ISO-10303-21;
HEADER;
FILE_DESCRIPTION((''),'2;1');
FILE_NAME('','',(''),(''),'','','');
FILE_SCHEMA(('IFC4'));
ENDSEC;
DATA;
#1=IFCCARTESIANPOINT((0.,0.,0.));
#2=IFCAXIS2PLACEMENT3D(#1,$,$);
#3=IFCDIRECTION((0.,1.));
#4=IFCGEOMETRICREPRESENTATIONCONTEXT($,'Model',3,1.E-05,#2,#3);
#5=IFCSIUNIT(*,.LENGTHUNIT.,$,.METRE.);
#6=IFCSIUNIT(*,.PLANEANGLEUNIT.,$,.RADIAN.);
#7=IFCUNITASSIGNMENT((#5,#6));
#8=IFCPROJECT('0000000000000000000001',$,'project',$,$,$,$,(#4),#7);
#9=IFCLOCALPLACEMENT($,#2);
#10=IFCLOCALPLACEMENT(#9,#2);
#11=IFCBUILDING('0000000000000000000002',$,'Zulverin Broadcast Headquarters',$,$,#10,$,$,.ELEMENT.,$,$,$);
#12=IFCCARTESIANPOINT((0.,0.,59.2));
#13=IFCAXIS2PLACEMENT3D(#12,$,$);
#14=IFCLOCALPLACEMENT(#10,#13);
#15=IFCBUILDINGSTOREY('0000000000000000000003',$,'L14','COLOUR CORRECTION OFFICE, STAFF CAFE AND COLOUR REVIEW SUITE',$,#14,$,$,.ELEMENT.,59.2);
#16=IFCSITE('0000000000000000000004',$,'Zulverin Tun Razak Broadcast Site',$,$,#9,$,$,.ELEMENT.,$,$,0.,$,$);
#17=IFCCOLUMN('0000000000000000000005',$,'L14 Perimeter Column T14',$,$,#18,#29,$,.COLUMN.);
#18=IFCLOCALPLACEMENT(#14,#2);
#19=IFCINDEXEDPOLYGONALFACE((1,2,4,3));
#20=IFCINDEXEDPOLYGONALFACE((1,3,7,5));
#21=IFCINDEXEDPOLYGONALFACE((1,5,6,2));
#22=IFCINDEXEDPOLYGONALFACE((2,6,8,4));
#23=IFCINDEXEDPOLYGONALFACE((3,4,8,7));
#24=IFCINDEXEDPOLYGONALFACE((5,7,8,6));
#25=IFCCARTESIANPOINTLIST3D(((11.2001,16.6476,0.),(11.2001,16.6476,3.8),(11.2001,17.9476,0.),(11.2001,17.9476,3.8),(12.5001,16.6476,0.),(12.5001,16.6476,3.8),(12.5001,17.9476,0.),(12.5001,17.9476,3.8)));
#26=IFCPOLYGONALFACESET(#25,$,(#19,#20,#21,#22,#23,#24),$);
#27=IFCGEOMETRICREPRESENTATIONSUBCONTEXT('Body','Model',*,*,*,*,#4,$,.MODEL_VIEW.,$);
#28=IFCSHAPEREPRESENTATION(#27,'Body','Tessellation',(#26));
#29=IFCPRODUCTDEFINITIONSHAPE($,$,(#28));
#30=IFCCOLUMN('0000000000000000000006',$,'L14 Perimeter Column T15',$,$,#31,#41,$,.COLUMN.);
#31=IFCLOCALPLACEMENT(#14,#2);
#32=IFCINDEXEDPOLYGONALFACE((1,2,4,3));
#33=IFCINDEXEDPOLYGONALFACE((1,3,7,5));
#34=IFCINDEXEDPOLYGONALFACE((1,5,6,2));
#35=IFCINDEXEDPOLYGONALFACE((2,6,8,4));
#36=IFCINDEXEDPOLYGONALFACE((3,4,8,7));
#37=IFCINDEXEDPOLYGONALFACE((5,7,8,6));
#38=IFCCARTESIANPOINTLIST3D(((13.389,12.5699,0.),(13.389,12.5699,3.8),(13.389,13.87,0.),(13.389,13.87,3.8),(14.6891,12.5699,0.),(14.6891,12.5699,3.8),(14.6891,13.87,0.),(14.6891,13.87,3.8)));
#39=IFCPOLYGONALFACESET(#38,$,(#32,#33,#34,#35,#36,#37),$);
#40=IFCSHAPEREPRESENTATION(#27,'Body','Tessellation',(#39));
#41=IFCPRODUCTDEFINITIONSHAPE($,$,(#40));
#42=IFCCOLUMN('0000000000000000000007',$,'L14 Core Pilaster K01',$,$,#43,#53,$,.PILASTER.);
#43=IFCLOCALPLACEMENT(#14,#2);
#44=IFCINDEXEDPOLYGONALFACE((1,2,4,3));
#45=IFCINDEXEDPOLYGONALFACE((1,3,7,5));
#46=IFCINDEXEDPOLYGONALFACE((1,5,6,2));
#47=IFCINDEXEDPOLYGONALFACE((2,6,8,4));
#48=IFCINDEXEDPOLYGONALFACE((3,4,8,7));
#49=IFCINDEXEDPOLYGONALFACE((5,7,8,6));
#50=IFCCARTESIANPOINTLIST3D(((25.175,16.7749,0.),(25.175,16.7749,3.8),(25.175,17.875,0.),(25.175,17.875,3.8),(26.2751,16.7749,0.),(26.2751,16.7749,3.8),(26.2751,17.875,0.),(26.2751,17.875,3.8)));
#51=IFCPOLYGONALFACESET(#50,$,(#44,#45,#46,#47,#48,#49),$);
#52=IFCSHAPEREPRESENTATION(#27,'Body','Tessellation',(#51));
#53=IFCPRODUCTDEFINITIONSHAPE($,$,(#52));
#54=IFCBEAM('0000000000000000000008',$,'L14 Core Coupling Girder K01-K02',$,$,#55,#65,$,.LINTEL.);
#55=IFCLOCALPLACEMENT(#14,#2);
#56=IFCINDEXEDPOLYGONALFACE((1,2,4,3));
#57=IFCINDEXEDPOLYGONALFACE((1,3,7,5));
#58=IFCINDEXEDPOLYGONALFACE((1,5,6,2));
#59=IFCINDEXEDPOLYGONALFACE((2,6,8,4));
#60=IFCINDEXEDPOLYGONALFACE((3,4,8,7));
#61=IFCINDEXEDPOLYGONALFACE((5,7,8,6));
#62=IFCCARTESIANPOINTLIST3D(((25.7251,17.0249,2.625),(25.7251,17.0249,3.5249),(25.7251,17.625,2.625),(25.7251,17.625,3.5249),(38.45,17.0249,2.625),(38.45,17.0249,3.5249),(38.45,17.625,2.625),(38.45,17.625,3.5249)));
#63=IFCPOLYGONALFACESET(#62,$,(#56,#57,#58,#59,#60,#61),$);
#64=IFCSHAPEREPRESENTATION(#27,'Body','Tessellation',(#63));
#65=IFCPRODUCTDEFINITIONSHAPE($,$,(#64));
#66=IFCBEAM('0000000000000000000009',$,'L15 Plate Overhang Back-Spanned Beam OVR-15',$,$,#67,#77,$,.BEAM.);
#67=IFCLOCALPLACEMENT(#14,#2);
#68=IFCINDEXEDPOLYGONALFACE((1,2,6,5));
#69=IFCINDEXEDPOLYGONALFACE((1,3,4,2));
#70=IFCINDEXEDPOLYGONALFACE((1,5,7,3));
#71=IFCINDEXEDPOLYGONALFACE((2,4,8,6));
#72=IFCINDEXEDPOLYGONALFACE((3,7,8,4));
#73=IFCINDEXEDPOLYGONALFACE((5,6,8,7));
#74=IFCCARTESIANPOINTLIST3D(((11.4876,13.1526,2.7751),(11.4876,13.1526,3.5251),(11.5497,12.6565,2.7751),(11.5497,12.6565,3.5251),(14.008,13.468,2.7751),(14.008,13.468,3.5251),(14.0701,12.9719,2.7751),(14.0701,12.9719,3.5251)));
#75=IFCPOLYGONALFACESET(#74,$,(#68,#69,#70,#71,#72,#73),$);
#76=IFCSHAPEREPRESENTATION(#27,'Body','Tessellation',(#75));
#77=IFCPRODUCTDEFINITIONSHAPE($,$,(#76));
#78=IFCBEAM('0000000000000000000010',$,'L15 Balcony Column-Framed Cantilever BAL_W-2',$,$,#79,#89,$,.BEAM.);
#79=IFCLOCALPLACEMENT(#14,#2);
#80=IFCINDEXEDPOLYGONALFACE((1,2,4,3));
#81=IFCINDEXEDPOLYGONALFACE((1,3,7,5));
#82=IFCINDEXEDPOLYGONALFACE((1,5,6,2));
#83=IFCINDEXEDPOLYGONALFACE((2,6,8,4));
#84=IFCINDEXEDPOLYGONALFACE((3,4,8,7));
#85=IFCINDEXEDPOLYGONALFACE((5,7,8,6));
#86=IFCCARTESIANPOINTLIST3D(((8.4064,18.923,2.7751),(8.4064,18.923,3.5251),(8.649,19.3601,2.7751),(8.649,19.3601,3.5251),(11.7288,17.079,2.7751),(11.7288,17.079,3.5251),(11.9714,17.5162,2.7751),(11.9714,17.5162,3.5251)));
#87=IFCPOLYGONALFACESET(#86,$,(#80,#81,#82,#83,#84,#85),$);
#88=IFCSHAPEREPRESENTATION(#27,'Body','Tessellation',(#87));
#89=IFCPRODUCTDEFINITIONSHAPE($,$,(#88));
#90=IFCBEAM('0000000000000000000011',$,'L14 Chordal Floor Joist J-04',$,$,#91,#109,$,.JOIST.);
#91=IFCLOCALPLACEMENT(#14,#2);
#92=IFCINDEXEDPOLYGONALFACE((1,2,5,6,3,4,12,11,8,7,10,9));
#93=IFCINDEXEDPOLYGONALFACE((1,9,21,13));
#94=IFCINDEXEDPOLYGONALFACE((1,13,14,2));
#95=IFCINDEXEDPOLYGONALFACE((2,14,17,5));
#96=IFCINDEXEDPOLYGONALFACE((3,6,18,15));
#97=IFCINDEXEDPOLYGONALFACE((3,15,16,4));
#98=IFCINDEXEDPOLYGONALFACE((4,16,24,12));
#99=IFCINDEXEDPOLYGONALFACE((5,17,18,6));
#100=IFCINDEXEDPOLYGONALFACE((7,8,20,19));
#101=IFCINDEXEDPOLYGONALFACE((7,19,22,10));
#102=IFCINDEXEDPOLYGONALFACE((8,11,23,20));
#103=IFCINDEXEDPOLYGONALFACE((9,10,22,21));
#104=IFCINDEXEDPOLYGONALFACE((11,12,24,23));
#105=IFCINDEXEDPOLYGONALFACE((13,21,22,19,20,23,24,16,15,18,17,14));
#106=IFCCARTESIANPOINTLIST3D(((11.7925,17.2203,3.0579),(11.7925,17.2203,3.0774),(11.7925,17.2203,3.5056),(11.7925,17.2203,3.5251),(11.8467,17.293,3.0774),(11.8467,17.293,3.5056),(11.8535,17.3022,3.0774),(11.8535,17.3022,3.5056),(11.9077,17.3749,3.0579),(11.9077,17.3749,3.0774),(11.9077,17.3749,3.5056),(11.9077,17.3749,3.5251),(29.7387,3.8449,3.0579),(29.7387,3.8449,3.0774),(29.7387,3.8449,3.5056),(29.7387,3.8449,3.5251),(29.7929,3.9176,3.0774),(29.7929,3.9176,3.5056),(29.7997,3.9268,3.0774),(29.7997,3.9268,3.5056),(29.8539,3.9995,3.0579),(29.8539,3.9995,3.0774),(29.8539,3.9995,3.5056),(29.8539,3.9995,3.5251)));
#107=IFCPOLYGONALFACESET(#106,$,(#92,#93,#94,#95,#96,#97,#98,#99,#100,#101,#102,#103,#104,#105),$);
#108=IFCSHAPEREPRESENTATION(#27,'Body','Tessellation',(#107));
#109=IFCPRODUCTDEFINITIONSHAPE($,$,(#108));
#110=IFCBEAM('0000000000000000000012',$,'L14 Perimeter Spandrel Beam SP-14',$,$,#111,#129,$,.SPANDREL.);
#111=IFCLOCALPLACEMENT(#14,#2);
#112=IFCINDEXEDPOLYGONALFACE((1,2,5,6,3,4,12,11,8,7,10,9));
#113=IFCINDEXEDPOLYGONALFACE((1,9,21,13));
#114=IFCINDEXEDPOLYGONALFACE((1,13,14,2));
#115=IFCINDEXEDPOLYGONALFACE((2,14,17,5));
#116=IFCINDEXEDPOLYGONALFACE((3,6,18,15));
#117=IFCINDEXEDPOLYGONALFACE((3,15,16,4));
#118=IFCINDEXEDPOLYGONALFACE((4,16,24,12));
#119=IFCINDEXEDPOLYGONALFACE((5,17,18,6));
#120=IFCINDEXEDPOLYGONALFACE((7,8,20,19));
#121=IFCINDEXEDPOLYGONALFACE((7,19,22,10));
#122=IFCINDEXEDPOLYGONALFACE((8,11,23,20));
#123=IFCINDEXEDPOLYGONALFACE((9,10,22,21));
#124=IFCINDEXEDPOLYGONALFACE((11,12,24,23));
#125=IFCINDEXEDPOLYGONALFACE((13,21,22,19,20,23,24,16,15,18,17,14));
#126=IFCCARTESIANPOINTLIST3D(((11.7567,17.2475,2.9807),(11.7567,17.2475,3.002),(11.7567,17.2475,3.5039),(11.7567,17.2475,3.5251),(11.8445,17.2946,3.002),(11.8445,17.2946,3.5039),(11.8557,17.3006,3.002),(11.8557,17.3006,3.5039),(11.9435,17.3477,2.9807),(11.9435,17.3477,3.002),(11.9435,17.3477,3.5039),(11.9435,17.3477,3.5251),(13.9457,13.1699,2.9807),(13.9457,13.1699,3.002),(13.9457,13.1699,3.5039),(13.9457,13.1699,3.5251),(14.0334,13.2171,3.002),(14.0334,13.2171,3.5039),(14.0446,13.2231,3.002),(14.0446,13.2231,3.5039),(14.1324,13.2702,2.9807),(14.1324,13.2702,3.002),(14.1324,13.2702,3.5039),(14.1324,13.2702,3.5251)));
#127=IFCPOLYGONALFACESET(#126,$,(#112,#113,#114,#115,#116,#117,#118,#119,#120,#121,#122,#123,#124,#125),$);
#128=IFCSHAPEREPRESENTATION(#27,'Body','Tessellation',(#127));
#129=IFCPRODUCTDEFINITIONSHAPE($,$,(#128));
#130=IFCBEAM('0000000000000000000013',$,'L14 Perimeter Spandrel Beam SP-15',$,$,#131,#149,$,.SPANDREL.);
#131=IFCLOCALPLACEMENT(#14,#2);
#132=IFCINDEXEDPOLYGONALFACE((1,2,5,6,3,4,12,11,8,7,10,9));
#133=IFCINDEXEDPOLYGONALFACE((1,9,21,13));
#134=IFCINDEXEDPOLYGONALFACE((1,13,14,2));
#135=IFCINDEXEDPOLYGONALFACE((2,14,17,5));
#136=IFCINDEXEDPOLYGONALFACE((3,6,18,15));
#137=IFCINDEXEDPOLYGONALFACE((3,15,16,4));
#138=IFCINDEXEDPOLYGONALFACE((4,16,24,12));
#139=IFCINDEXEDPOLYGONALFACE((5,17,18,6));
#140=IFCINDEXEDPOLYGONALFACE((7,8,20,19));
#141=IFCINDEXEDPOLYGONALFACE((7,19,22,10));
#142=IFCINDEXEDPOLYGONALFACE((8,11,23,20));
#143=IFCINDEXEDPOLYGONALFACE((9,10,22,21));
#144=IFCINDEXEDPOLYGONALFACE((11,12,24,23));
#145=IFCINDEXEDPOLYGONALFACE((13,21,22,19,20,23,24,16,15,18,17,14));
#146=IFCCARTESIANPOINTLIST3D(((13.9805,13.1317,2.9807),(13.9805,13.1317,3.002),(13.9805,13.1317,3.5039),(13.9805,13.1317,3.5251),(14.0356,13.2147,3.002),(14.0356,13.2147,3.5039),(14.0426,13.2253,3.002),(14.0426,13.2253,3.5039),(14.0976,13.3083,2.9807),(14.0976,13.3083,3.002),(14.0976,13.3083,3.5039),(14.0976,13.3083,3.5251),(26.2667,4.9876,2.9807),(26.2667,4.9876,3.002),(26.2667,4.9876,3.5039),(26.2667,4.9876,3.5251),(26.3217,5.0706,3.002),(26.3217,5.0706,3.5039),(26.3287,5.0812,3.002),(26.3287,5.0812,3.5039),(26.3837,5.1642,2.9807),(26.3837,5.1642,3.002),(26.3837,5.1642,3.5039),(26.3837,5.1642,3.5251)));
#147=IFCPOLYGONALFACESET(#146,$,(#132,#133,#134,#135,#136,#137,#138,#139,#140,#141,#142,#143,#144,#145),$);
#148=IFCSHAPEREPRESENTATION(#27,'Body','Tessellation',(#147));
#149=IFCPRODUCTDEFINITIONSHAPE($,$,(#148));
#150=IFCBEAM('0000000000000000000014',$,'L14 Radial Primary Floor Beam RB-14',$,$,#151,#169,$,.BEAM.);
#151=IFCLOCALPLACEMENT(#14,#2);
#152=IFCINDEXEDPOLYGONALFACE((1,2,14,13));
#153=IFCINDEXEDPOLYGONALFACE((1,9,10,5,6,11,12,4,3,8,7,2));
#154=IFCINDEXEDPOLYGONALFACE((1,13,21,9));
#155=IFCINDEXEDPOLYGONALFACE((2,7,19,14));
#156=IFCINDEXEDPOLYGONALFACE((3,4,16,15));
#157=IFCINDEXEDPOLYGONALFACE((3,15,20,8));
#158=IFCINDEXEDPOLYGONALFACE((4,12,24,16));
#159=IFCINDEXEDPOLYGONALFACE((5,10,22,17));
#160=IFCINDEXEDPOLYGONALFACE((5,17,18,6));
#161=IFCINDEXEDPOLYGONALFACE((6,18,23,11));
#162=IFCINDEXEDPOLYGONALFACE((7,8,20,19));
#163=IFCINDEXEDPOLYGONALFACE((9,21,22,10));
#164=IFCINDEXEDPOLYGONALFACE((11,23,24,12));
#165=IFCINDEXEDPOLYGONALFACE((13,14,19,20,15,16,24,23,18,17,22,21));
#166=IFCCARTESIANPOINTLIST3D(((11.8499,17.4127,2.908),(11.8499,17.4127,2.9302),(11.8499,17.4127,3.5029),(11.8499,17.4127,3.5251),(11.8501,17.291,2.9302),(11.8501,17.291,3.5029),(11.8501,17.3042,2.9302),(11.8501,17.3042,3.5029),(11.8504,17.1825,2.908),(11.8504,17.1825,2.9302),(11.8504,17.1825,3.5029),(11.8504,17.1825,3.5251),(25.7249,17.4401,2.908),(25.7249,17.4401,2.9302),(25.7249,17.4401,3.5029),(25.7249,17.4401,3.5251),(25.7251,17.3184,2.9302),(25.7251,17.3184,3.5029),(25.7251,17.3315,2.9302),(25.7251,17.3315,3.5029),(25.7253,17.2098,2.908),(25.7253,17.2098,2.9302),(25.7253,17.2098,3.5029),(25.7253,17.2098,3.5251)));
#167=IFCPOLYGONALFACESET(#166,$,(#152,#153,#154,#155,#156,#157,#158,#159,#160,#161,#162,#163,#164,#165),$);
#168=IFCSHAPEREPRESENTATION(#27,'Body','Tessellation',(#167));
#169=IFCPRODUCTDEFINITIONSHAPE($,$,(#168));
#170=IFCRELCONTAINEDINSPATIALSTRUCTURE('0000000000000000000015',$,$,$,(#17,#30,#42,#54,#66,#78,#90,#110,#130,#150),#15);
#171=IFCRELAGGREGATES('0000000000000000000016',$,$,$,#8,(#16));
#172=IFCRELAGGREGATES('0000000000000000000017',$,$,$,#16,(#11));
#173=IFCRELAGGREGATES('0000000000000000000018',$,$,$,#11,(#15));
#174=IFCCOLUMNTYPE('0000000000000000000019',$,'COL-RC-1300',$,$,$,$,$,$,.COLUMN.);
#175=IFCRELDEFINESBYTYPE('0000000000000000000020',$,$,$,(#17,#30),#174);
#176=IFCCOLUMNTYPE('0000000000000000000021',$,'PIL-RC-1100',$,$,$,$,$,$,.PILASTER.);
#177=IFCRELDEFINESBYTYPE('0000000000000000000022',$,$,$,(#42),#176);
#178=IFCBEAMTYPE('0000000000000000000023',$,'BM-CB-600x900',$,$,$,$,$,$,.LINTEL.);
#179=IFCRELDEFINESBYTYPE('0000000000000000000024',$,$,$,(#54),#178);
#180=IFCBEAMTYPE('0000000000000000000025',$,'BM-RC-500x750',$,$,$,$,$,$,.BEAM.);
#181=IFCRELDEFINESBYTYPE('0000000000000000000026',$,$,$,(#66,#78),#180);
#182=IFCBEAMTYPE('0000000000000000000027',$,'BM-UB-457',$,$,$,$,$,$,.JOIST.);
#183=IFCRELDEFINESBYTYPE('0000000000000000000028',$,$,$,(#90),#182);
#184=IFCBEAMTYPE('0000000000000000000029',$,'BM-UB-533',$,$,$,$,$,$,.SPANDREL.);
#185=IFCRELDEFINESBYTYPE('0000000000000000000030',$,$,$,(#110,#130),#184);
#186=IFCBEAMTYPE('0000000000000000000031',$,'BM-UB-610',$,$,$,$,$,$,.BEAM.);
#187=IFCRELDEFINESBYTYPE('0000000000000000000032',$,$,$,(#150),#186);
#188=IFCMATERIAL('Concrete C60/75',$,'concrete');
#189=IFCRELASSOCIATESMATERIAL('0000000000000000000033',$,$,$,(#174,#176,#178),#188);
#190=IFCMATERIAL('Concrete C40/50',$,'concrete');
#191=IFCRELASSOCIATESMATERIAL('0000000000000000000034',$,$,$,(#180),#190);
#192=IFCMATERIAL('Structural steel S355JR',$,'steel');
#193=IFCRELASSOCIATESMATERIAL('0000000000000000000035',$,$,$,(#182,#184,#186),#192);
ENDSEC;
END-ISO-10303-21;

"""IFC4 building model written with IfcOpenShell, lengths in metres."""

from ifc_helpers import new_model, si_unit, direction, frame, origin, origin_2d, place, context, subcontext, project, spatial, rectangle, i_section, extrude, material, material_profile, profile_set, type_object, element, save


model = new_model("IFC4")

# Units and contexts
model_context = context("Model", 3, precision=1e-05, world=origin(), true_north=direction((0.0, 1.0)))
body_context = subcontext(model_context, "Body", "Model", "MODEL_VIEW")
ifc_project = project(units=[si_unit("LENGTHUNIT", "METRE"), si_unit("PLANEANGLEUNIT", "RADIAN")], contexts=[model_context])

# Site, building, storey
site_placement = place(None, origin())
site = spatial("IfcSite", under=ifc_project, at=site_placement, Name="Zulverin Tun Razak Broadcast Site", CompositionType="ELEMENT", RefElevation=0.0)
building_placement = place(site_placement, origin())
building = spatial("IfcBuilding", under=site, at=building_placement, Name="Zulverin Broadcast Headquarters", CompositionType="ELEMENT")
storey_placement = place(building_placement, frame((0.0, 0.0, 59.2)))
storey = spatial("IfcBuildingStorey", under=building, at=storey_placement, Name="L14", Description="COLOUR CORRECTION OFFICE, STAFF CAFE AND COLOUR REVIEW SUITE", CompositionType="ELEMENT", Elevation=59.2)

# Columns
ifc_material_1 = material(Name="Concrete C60/75", Category="concrete")
ifc_material_profile_1 = material_profile(ifc_material_1, rectangle(XDim=1.3, YDim=1.3, at=origin_2d()), Name="Concrete C60/75", Category="concrete")
ifc_profile_set_1 = profile_set([ifc_material_profile_1], Name="Concrete C60/75")
column_type_1 = type_object("IfcColumnType", Name="COL-RC-1300", PredefinedType="COLUMN", material=ifc_profile_set_1)
for number, where, z_axis, x_axis, name in (
    (1, (11.8501, 17.2976, 0.0), (0.0, 0.0, 1.0), (1.0, 0.0, 0.0), "L14 Perimeter Column T14"),
    (2, (14.0391, 13.22, 0.0), (0.0, 0.0, 1.0), (1.0, 0.0, 0.0), "L14 Perimeter Column T15"),
):
    element("IfcColumn", number, at=place(storey_placement, frame(where, z_axis=z_axis, x_axis=x_axis)), inside=storey, type_object=column_type_1, Name=name, PredefinedType="COLUMN", context=body_context, shape_type="SweptSolid", body=[
        extrude(rectangle(XDim=1.3, YDim=1.3, at=origin_2d()), origin(), (0.0, 0.0, 1.0), 3.8),
    ])
ifc_material_profile_2 = material_profile(ifc_material_1, rectangle(XDim=1.1001, YDim=1.1001, at=origin_2d()), Name="Concrete C60/75", Category="concrete")
ifc_profile_set_2 = profile_set([ifc_material_profile_2], Name="Concrete C60/75")
column_type_2 = type_object("IfcColumnType", Name="PIL-RC-1100", PredefinedType="PILASTER", material=ifc_profile_set_2)
column_placement = place(storey_placement, frame((25.7251, 17.325, 0.0), z_axis=(0.0, 0.0, 1.0), x_axis=(1.0, 0.0, 0.0)))
element("IfcColumn", 3, at=column_placement, inside=storey, type_object=column_type_2, Name="L14 Core Pilaster K01", PredefinedType="PILASTER", context=body_context, shape_type="SweptSolid", body=[
    extrude(rectangle(XDim=1.1001, YDim=1.1001, at=origin_2d()), origin(), (0.0, 0.0, 1.0), 3.8),
])

# Beams
ifc_material_profile_3 = material_profile(ifc_material_1, rectangle(XDim=0.6001, YDim=0.8999, at=origin_2d()), Name="Concrete C60/75", Category="concrete")
ifc_profile_set_3 = profile_set([ifc_material_profile_3], Name="Concrete C60/75")
beam_type_1 = type_object("IfcBeamType", Name="BM-CB-600x900", PredefinedType="LINTEL", material=ifc_profile_set_3)
beam_1_placement = place(storey_placement, frame((25.7251, 17.325, 3.075), z_axis=(1.0, 0.0, 0.0), x_axis=(0.0, 1.0, 0.0)))
element("IfcBeam", 4, at=beam_1_placement, inside=storey, type_object=beam_type_1, Name="L14 Core Coupling Girder K01-K02", PredefinedType="LINTEL", context=body_context, shape_type="SweptSolid", body=[
    extrude(rectangle(XDim=0.6001, YDim=0.8999, at=origin_2d()), origin(), (0.0, 0.0, 1.0), 12.7249),
])
ifc_material_2 = material(Name="Concrete C40/50", Category="concrete")
ifc_material_profile_4 = material_profile(ifc_material_2, rectangle(XDim=0.5, YDim=0.75, at=origin_2d()), Name="Concrete C40/50", Category="concrete")
ifc_profile_set_4 = profile_set([ifc_material_profile_4], Name="Concrete C40/50")
beam_type_2 = type_object("IfcBeamType", Name="BM-RC-500x750", PredefinedType="BEAM", material=ifc_profile_set_4)
beam_2_placement = place(storey_placement, frame((14.0391, 13.22, 3.1501), z_axis=(-0.992259, -0.124189, 0.0), x_axis=(0.124189, -0.992259, 0.0)))
element("IfcBeam", 5, at=beam_2_placement, inside=storey, type_object=beam_type_2, Name="L15 Plate Overhang Back-Spanned Beam OVR-15", PredefinedType="BEAM", context=body_context, shape_type="SweptSolid", body=[
    extrude(rectangle(XDim=0.5, YDim=0.75, at=origin_2d()), origin(), (0.0, 0.0, 1.0), 2.54),
])
beam_3_placement = place(storey_placement, frame((11.8501, 17.2976, 3.1501), z_axis=(-0.874363, 0.485272, 0.0), x_axis=(-0.485272, -0.874363, 0.0)))
element("IfcBeam", 6, at=beam_3_placement, inside=storey, type_object=beam_type_2, Name="L15 Balcony Column-Framed Cantilever BAL_W-2", PredefinedType="BEAM", context=body_context, shape_type="SweptSolid", body=[
    extrude(rectangle(XDim=0.5, YDim=0.75, at=origin_2d()), origin(), (0.0, 0.0, 1.0), 3.7998),
])
ifc_material_3 = material(Name="Structural steel S355JR", Category="steel")
ifc_material_profile_5 = material_profile(ifc_material_3, i_section(OverallWidth=0.1929, OverallDepth=0.4673, WebThickness=0.0115, FlangeThickness=0.0195, at=origin_2d()), Name="Structural steel S355JR", Category="steel")
ifc_profile_set_5 = profile_set([ifc_material_profile_5], Name="Structural steel S355JR")
beam_type_3 = type_object("IfcBeamType", Name="BM-UB-457", PredefinedType="JOIST", material=ifc_profile_set_5)
beam_4_placement = place(storey_placement, frame((11.8501, 17.2976, 3.2915), z_axis=(0.801803, -0.597589, 0.0), x_axis=(0.597589, 0.801803, 0.0)))
element("IfcBeam", 7, at=beam_4_placement, inside=storey, type_object=beam_type_3, Name="L14 Chordal Floor Joist J-04", PredefinedType="JOIST", context=body_context, shape_type="SweptSolid", body=[
    extrude(i_section(OverallWidth=0.1929, OverallDepth=0.4673, WebThickness=0.0115, FlangeThickness=0.0195, at=origin_2d()), origin(), (0.0, 0.0, 1.0), 22.3823),
])
ifc_material_profile_6 = material_profile(ifc_material_3, i_section(OverallWidth=0.2119, OverallDepth=0.5444, WebThickness=0.0127, FlangeThickness=0.0212, at=origin_2d()), Name="Structural steel S355JR", Category="steel")
ifc_profile_set_6 = profile_set([ifc_material_profile_6], Name="Structural steel S355JR")
beam_type_4 = type_object("IfcBeamType", Name="BM-UB-533", PredefinedType="SPANDREL", material=ifc_profile_set_6)
beam_5_placement = place(storey_placement, frame((11.8501, 17.2976, 3.2529), z_axis=(0.47298, -0.881073, 0.0), x_axis=(0.881073, 0.47298, 0.0)))
element("IfcBeam", 8, at=beam_5_placement, inside=storey, type_object=beam_type_4, Name="L14 Perimeter Spandrel Beam SP-14", PredefinedType="SPANDREL", context=body_context, shape_type="SweptSolid", body=[
    extrude(i_section(OverallWidth=0.2119, OverallDepth=0.5444, WebThickness=0.0127, FlangeThickness=0.0212, at=origin_2d()), origin(), (0.0, 0.0, 1.0), 4.6279),
])
beam_6_placement = place(storey_placement, frame((14.0391, 13.22, 3.2529), z_axis=(0.83351, -0.552504, 0.0), x_axis=(0.552504, 0.83351, 0.0)))
element("IfcBeam", 9, at=beam_6_placement, inside=storey, type_object=beam_type_4, Name="L14 Perimeter Spandrel Beam SP-15", PredefinedType="SPANDREL", context=body_context, shape_type="SweptSolid", body=[
    extrude(i_section(OverallWidth=0.2119, OverallDepth=0.5444, WebThickness=0.0127, FlangeThickness=0.0212, at=origin_2d()), origin(), (0.0, 0.0, 1.0), 14.7402),
])
ifc_material_profile_7 = material_profile(ifc_material_3, i_section(OverallWidth=0.2302, OverallDepth=0.6172, WebThickness=0.0132, FlangeThickness=0.0222, at=origin_2d()), Name="Structural steel S355JR", Category="steel")
ifc_profile_set_7 = profile_set([ifc_material_profile_7], Name="Structural steel S355JR")
beam_type_5 = type_object("IfcBeamType", Name="BM-UB-610", PredefinedType="BEAM", material=ifc_profile_set_7)
beam_7_placement = place(storey_placement, frame((25.7251, 17.325, 3.2166), z_axis=(-0.999998, -0.001971, 0.0), x_axis=(0.001971, -0.999998, 0.0)))
element("IfcBeam", 10, at=beam_7_placement, inside=storey, type_object=beam_type_5, Name="L14 Radial Primary Floor Beam RB-14", PredefinedType="BEAM", context=body_context, shape_type="SweptSolid", body=[
    extrude(i_section(OverallWidth=0.2302, OverallDepth=0.6172, WebThickness=0.0132, FlangeThickness=0.0222, at=origin_2d()), origin(), (0.0, 0.0, 1.0), 13.875),
])

save(model, "model.ifc")
